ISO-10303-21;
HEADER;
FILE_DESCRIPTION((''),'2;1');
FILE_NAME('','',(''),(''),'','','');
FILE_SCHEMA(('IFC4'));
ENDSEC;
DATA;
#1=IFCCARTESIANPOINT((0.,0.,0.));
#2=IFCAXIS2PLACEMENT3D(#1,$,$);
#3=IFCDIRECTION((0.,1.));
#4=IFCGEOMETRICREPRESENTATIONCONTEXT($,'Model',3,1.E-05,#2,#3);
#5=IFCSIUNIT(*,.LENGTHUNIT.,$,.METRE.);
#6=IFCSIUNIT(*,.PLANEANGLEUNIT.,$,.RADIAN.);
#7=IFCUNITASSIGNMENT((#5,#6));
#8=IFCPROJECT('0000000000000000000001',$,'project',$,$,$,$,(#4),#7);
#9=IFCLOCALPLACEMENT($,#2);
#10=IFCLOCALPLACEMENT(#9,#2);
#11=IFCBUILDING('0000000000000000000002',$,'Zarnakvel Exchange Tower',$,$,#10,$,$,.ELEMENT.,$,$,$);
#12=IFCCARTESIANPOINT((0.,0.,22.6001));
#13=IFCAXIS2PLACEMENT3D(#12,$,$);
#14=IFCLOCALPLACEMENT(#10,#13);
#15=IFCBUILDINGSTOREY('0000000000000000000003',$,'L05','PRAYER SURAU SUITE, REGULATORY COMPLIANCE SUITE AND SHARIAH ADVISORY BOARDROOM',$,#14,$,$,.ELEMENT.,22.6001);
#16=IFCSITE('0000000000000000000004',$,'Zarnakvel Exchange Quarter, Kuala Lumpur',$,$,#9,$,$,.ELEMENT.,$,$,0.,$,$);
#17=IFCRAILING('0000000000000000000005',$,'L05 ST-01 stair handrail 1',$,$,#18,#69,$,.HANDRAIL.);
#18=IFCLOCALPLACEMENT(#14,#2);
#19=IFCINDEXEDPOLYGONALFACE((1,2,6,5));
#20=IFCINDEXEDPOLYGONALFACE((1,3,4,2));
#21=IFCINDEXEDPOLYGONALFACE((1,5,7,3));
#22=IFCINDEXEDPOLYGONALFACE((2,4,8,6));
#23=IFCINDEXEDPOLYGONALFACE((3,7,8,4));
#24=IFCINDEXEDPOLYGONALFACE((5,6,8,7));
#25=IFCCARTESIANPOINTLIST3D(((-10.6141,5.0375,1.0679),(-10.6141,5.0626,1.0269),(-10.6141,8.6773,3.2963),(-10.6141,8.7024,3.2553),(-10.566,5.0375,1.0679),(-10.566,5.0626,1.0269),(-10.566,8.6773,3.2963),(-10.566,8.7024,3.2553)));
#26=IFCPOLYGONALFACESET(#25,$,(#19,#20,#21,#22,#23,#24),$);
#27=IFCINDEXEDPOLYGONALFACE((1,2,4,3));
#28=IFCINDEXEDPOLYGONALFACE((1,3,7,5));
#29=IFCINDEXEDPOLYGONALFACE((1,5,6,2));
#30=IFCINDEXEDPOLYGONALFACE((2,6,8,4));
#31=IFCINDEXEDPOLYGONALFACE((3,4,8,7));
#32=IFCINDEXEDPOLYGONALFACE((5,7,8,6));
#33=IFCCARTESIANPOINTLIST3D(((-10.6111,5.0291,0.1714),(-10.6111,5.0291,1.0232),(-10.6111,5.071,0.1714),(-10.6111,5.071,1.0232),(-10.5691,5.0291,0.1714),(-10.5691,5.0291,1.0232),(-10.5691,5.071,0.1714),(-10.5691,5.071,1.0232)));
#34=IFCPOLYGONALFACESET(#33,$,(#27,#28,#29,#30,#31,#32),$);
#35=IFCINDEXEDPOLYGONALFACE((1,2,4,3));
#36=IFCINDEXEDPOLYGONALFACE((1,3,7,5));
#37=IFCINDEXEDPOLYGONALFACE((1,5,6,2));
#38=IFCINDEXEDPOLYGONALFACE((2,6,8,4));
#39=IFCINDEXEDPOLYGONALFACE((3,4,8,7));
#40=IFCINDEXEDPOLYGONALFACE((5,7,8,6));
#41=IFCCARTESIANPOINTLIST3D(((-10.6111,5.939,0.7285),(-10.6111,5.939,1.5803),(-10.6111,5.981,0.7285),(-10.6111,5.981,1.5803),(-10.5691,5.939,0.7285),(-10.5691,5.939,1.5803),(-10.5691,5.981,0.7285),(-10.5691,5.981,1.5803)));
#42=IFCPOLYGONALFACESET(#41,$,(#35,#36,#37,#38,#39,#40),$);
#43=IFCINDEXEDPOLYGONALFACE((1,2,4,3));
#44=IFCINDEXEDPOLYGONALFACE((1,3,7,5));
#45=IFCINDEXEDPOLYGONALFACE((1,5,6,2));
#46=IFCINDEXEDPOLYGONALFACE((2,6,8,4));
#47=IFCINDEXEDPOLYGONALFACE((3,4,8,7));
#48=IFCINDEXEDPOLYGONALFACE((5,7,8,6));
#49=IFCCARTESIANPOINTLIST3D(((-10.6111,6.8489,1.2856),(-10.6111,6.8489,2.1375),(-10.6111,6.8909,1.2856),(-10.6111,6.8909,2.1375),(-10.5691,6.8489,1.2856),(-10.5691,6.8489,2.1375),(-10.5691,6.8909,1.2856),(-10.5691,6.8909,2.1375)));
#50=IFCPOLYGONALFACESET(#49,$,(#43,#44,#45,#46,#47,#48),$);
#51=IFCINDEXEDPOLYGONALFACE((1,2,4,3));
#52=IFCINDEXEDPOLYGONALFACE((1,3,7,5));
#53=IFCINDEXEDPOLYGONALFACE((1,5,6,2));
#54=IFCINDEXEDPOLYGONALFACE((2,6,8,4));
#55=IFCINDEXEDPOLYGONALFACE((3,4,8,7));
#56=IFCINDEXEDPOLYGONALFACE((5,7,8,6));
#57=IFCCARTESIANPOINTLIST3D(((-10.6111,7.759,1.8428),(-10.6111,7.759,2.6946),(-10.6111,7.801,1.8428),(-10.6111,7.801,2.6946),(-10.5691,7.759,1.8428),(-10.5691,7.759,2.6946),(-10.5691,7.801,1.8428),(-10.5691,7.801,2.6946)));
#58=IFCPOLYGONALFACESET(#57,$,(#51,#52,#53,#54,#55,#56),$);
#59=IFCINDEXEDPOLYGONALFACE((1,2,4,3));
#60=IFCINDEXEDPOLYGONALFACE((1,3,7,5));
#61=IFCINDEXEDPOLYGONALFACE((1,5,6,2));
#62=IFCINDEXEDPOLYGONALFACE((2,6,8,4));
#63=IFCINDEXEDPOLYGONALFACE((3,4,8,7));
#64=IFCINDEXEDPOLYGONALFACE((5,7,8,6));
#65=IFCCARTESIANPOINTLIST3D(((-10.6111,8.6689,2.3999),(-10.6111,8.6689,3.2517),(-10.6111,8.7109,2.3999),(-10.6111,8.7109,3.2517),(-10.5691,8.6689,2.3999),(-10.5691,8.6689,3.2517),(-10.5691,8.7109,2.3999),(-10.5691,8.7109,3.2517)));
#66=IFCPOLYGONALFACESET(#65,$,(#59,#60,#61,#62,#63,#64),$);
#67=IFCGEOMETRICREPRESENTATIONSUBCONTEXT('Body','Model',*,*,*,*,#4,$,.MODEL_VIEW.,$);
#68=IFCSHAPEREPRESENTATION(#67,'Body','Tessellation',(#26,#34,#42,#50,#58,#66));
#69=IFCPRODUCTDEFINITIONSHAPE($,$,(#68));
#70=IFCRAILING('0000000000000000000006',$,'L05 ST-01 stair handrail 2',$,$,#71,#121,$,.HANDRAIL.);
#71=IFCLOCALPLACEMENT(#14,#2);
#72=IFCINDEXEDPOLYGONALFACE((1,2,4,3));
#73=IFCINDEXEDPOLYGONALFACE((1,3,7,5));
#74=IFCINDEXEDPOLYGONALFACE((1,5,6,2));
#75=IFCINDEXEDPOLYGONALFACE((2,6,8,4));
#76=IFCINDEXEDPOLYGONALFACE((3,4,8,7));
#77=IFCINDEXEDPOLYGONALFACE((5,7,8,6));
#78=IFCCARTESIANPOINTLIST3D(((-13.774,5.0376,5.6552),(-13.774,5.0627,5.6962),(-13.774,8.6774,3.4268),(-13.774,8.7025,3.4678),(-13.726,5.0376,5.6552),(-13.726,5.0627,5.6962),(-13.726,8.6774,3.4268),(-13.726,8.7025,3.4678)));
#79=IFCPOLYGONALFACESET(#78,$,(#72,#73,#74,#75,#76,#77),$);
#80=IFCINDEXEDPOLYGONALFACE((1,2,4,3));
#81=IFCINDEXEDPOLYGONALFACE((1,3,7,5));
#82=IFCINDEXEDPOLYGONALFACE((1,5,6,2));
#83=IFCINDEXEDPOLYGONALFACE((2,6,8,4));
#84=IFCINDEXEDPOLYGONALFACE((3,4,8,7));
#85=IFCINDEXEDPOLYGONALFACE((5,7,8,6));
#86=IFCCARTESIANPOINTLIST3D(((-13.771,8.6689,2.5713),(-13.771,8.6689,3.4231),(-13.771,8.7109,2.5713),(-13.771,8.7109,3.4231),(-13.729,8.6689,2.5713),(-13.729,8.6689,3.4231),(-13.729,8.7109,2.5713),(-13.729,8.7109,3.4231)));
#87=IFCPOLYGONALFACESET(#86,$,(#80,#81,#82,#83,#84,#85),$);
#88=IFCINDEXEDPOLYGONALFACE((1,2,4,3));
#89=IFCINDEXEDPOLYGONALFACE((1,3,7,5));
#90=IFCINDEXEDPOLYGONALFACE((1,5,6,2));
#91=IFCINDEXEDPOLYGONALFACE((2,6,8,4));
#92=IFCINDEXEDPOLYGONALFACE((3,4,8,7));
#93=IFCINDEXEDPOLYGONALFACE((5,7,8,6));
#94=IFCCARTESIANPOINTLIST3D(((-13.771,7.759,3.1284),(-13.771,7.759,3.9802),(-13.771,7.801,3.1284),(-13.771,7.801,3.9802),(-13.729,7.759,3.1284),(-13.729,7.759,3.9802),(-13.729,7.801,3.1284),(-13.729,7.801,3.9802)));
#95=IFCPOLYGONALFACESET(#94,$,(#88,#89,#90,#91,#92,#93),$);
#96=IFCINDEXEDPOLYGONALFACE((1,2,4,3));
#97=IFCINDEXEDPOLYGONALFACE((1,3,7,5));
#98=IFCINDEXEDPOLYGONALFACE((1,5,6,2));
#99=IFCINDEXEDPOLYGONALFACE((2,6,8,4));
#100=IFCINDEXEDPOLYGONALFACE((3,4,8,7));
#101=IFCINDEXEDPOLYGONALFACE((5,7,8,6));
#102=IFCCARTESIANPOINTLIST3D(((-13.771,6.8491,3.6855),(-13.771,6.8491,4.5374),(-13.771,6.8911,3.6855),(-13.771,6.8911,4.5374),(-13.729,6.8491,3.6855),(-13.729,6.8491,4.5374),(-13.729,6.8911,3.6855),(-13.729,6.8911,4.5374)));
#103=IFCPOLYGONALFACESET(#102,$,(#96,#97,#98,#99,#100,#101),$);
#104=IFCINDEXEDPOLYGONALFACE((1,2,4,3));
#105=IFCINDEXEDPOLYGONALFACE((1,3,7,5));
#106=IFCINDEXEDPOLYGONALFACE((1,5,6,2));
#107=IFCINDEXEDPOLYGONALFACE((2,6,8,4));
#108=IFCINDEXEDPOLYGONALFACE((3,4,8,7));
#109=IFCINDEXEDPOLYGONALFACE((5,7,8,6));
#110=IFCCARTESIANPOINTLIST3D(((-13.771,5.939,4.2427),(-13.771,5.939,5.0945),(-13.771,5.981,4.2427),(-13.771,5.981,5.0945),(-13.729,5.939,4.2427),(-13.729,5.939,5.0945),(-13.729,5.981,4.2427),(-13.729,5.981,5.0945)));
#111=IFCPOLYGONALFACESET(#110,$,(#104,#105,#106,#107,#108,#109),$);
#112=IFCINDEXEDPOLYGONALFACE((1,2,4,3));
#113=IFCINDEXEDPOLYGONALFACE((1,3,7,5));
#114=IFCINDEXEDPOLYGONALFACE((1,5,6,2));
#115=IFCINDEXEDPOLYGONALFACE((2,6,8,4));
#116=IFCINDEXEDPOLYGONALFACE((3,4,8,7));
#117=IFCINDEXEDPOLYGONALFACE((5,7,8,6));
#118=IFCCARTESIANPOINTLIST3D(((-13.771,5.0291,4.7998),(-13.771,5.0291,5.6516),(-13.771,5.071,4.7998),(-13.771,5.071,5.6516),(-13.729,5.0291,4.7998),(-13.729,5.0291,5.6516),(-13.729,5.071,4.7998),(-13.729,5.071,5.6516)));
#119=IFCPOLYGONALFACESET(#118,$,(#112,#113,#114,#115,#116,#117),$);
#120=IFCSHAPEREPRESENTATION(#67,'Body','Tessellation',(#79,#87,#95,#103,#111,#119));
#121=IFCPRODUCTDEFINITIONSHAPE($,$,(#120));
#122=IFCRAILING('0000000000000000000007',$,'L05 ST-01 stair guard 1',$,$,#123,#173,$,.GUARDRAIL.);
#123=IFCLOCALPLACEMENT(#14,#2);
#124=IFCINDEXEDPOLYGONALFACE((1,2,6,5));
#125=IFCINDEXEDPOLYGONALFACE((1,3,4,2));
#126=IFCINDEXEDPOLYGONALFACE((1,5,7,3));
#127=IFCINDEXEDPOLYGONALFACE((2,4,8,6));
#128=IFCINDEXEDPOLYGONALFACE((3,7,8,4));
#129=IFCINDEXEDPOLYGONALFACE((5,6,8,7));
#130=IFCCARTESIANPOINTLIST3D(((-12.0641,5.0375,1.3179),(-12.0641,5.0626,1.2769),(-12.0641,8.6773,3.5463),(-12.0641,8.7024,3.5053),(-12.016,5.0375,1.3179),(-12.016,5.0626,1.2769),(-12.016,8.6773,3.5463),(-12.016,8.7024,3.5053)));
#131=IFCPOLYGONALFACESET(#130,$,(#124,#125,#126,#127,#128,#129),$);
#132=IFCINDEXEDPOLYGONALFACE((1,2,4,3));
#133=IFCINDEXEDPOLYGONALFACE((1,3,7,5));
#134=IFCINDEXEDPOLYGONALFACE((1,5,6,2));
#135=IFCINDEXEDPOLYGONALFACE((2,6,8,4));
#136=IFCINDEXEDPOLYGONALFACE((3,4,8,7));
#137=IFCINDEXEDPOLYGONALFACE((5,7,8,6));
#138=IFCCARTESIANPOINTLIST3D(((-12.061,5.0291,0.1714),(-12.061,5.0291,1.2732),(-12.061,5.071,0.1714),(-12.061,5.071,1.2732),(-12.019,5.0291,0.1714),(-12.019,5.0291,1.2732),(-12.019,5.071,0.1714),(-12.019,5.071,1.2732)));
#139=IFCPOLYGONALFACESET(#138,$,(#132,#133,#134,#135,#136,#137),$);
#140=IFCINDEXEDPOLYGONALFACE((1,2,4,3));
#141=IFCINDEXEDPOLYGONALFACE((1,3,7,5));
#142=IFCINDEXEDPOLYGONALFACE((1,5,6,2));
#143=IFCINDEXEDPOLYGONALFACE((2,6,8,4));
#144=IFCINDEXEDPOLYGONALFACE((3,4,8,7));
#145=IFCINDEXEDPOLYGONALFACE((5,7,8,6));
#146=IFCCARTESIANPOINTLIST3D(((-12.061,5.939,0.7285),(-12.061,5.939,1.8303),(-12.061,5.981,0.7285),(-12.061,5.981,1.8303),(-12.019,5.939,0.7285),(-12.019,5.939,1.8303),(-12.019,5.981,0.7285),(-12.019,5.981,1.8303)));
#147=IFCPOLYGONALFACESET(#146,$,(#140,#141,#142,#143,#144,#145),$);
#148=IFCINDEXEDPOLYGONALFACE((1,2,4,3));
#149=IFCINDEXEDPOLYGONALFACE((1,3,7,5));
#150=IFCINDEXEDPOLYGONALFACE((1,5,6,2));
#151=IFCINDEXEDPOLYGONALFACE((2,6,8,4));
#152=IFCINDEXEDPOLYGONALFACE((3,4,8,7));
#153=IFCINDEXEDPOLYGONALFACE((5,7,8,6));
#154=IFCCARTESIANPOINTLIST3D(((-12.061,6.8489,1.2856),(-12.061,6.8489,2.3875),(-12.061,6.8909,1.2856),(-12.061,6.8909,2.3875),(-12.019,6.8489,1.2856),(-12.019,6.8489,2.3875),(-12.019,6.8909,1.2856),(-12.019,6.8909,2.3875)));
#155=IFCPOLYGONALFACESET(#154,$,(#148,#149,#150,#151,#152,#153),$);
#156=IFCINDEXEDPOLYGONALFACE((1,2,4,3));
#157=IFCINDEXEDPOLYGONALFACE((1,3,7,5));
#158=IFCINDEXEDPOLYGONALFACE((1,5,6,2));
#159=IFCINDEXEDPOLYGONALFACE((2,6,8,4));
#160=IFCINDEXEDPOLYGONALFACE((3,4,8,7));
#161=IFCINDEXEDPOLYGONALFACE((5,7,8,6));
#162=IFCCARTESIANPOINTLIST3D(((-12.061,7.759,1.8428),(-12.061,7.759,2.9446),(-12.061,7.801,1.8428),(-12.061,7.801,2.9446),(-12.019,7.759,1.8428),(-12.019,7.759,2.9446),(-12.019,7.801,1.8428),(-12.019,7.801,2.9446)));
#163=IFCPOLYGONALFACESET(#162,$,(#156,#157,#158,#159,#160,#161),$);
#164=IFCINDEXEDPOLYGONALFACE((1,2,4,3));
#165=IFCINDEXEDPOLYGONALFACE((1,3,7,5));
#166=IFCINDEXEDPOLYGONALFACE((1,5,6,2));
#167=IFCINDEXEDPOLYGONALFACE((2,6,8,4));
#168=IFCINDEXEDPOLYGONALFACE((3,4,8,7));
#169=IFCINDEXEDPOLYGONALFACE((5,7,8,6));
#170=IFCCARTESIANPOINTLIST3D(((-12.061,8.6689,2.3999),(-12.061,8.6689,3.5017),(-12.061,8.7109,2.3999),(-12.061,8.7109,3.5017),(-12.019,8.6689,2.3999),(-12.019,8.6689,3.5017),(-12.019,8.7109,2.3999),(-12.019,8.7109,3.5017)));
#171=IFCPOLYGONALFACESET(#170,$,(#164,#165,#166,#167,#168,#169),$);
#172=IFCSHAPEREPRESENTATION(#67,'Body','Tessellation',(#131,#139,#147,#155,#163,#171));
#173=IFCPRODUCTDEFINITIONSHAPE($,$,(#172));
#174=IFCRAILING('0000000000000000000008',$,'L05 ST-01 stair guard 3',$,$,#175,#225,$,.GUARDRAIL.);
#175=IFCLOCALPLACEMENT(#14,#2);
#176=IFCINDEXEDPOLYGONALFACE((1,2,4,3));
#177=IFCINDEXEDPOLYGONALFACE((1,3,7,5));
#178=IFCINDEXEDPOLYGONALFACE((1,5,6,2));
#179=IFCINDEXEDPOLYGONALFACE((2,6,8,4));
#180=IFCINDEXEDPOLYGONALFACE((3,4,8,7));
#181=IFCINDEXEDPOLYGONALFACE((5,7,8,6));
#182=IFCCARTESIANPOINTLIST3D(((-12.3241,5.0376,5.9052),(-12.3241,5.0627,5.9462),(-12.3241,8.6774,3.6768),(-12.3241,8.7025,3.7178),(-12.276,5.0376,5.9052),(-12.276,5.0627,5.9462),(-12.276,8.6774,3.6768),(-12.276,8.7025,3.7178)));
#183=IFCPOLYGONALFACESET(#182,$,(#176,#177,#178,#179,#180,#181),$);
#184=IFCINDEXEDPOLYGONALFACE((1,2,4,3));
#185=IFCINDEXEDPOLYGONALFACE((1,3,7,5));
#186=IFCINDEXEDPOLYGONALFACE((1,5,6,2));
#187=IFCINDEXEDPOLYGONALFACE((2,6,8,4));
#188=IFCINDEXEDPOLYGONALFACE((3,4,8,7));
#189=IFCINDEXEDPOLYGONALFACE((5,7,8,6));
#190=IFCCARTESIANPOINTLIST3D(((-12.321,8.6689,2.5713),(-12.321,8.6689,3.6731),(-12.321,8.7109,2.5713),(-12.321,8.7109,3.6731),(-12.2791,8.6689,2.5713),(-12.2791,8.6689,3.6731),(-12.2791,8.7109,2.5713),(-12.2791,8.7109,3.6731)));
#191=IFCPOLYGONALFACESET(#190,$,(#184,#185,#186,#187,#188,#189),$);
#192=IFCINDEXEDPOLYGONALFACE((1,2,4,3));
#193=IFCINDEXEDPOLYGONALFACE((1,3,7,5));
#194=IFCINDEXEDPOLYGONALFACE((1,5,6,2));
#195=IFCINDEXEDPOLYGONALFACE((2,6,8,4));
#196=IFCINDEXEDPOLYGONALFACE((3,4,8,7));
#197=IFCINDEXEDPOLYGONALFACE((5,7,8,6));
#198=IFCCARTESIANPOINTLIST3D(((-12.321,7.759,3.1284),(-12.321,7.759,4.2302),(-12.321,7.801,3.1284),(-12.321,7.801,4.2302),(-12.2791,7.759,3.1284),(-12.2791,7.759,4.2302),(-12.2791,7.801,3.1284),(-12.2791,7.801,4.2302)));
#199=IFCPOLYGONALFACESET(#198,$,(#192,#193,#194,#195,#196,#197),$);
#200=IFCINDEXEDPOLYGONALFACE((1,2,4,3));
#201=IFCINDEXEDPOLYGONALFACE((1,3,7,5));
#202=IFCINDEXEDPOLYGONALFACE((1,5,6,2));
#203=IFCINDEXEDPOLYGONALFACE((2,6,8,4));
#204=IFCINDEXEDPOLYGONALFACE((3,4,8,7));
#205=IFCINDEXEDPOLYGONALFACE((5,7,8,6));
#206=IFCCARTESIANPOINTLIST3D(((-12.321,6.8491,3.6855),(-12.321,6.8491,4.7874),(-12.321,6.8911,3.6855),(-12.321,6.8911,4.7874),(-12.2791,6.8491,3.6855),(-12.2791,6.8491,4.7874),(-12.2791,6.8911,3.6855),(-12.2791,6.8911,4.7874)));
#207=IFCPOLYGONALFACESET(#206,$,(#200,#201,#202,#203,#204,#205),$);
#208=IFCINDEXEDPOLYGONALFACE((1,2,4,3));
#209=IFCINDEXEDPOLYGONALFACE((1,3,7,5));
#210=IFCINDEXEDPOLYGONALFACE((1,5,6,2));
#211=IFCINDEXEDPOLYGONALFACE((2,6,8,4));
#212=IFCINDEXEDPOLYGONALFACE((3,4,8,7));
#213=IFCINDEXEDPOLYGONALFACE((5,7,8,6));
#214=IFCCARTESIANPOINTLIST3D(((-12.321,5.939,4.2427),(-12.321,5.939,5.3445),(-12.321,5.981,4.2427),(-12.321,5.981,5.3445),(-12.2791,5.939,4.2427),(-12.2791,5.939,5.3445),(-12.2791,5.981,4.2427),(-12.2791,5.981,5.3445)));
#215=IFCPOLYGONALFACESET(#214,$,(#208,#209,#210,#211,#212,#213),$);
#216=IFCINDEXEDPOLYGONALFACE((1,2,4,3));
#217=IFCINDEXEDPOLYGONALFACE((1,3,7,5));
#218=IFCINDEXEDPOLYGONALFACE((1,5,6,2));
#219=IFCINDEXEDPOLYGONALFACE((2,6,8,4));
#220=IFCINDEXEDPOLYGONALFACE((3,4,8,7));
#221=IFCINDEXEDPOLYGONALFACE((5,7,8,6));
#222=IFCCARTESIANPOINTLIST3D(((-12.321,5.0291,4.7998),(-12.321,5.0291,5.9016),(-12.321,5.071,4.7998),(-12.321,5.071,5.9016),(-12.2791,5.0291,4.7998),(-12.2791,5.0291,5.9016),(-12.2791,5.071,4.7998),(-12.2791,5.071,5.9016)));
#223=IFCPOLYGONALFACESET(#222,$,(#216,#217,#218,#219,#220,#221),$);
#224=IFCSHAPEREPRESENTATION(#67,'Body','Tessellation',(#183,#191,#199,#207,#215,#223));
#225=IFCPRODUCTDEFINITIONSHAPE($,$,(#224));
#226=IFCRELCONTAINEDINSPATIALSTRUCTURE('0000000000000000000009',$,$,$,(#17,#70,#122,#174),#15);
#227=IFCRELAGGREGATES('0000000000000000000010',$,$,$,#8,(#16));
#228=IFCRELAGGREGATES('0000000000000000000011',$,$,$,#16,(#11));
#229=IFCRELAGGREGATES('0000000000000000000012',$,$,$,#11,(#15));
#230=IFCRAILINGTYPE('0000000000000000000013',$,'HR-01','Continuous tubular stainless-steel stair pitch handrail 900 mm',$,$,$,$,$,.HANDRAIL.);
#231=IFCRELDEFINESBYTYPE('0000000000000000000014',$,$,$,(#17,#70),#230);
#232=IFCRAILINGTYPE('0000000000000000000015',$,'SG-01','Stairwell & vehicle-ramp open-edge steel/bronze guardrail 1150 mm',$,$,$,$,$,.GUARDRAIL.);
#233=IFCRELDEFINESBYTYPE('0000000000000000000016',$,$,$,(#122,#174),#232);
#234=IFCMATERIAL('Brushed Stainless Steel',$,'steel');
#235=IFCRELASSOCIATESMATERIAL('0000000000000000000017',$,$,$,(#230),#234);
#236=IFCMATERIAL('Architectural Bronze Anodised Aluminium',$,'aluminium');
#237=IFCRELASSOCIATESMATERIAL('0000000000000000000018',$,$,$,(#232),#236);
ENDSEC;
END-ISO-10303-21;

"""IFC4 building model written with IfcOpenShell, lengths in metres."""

from ifc_helpers import new_model, si_unit, direction, frame, origin, origin_2d, place, context, subcontext, project, spatial, rectangle, extrude, material, type_object, element, save


model = new_model("IFC4")

# Units and contexts
model_context = context("Model", 3, precision=1e-05, world=origin(), true_north=direction((0.0, 1.0)))
body_context = subcontext(model_context, "Body", "Model", "MODEL_VIEW")
ifc_project = project(units=[si_unit("LENGTHUNIT", "METRE"), si_unit("PLANEANGLEUNIT", "RADIAN")], contexts=[model_context])

# Site, building, storey
site_placement = place(None, origin())
site = spatial("IfcSite", under=ifc_project, at=site_placement, Name="Zarnakvel Exchange Quarter, Kuala Lumpur", CompositionType="ELEMENT", RefElevation=0.0)
building_placement = place(site_placement, origin())
building = spatial("IfcBuilding", under=site, at=building_placement, Name="Zarnakvel Exchange Tower", CompositionType="ELEMENT")
storey_placement = place(building_placement, frame((0.0, 0.0, 22.6001)))
storey = spatial("IfcBuildingStorey", under=building, at=storey_placement, Name="L05", Description="PRAYER SURAU SUITE, REGULATORY COMPLIANCE SUITE AND SHARIAH ADVISORY BOARDROOM", CompositionType="ELEMENT", Elevation=22.6001)

# Shared definitions
ifc_material_1 = material(Name="Brushed Stainless Steel", Category="steel")

# Railings
railing_type_1 = type_object("IfcRailingType", Name="HR-01", Description="Continuous tubular stainless-steel stair pitch handrail 900 mm", PredefinedType="HANDRAIL", material=ifc_material_1)
railing_1_placement = place(storey_placement, frame((-10.5901, 5.05, 0.1714)))
element("IfcRailing", 1, at=railing_1_placement, inside=storey, type_object=railing_type_1, Name="L05 ST-01 stair handrail 1", PredefinedType="HANDRAIL", context=body_context, shape_type="SweptSolid", body=[
    extrude(rectangle(XDim=0.0481, YDim=0.0481, at=origin_2d()), frame((0.0, 0.0, 0.876), z_axis=(0.0, 0.85285, 0.522156), x_axis=(-1.0, 0.0, 0.0)), (0.0, 0.0, 1.0), 4.2678),
    extrude(rectangle(XDim=0.042, YDim=0.042, at=origin_2d()), origin(), (0.0, 0.0, 1.0), 0.8518),
    extrude(rectangle(XDim=0.042, YDim=0.042, at=origin_2d()), frame((0.0, 0.9099, 0.5571)), (0.0, 0.0, 1.0), 0.8518),
    extrude(rectangle(XDim=0.042, YDim=0.042, at=origin_2d()), frame((0.0, 1.8198, 1.1143)), (0.0, 0.0, 1.0), 0.8518),
    extrude(rectangle(XDim=0.042, YDim=0.042, at=origin_2d()), frame((0.0, 2.73, 1.6714)), (0.0, 0.0, 1.0), 0.8518),
    extrude(rectangle(XDim=0.042, YDim=0.042, at=origin_2d()), frame((0.0, 3.6399, 2.2285)), (0.0, 0.0, 1.0), 0.8518),
])
railing_2_placement = place(storey_placement, frame((-13.75, 8.6899, 2.5713)))
element("IfcRailing", 2, at=railing_2_placement, inside=storey, type_object=railing_type_1, Name="L05 ST-01 stair handrail 2", PredefinedType="HANDRAIL", context=body_context, shape_type="SweptSolid", body=[
    extrude(rectangle(XDim=0.0481, YDim=0.0481, at=origin_2d()), frame((0.0, 0.0, 0.876), z_axis=(0.0, -0.85285, 0.522156), x_axis=(1.0, 0.0, 0.0)), (0.0, 0.0, 1.0), 4.2678),
    extrude(rectangle(XDim=0.042, YDim=0.042, at=origin_2d()), origin(), (0.0, 0.0, 1.0), 0.8518),
    extrude(rectangle(XDim=0.042, YDim=0.042, at=origin_2d()), frame((0.0, -0.9099, 0.5571)), (0.0, 0.0, 1.0), 0.8518),
    extrude(rectangle(XDim=0.042, YDim=0.042, at=origin_2d()), frame((0.0, -1.8198, 1.1143)), (0.0, 0.0, 1.0), 0.8518),
    extrude(rectangle(XDim=0.042, YDim=0.042, at=origin_2d()), frame((0.0, -2.73, 1.6714)), (0.0, 0.0, 1.0), 0.8518),
    extrude(rectangle(XDim=0.042, YDim=0.042, at=origin_2d()), frame((0.0, -3.6399, 2.2285)), (0.0, 0.0, 1.0), 0.8518),
])
ifc_material_2 = material(Name="Architectural Bronze Anodised Aluminium", Category="aluminium")
railing_type_2 = type_object("IfcRailingType", Name="SG-01", Description="Stairwell & vehicle-ramp open-edge steel/bronze guardrail 1150 mm", PredefinedType="GUARDRAIL", material=ifc_material_2)
railing_3_placement = place(storey_placement, frame((-12.04, 5.05, 0.1714)))
element("IfcRailing", 3, at=railing_3_placement, inside=storey, type_object=railing_type_2, Name="L05 ST-01 stair guard 1", PredefinedType="GUARDRAIL", context=body_context, shape_type="SweptSolid", body=[
    extrude(rectangle(XDim=0.0481, YDim=0.0481, at=origin_2d()), frame((0.0, 0.0, 1.126), z_axis=(0.0, 0.85285, 0.522156), x_axis=(-1.0, 0.0, 0.0)), (0.0, 0.0, 1.0), 4.2678),
    extrude(rectangle(XDim=0.042, YDim=0.042, at=origin_2d()), origin(), (0.0, 0.0, 1.0), 1.1018),
    extrude(rectangle(XDim=0.042, YDim=0.042, at=origin_2d()), frame((0.0, 0.9099, 0.5571)), (0.0, 0.0, 1.0), 1.1018),
    extrude(rectangle(XDim=0.042, YDim=0.042, at=origin_2d()), frame((0.0, 1.8198, 1.1143)), (0.0, 0.0, 1.0), 1.1018),
    extrude(rectangle(XDim=0.042, YDim=0.042, at=origin_2d()), frame((0.0, 2.73, 1.6714)), (0.0, 0.0, 1.0), 1.1018),
    extrude(rectangle(XDim=0.042, YDim=0.042, at=origin_2d()), frame((0.0, 3.6399, 2.2285)), (0.0, 0.0, 1.0), 1.1018),
])
railing_4_placement = place(storey_placement, frame((-12.3, 8.6899, 2.5713)))
element("IfcRailing", 4, at=railing_4_placement, inside=storey, type_object=railing_type_2, Name="L05 ST-01 stair guard 3", PredefinedType="GUARDRAIL", context=body_context, shape_type="SweptSolid", body=[
    extrude(rectangle(XDim=0.0481, YDim=0.0481, at=origin_2d()), frame((0.0, 0.0, 1.126), z_axis=(0.0, -0.85285, 0.522156), x_axis=(1.0, 0.0, 0.0)), (0.0, 0.0, 1.0), 4.2678),
    extrude(rectangle(XDim=0.042, YDim=0.042, at=origin_2d()), origin(), (0.0, 0.0, 1.0), 1.1018),
    extrude(rectangle(XDim=0.042, YDim=0.042, at=origin_2d()), frame((0.0, -0.9099, 0.5571)), (0.0, 0.0, 1.0), 1.1018),
    extrude(rectangle(XDim=0.042, YDim=0.042, at=origin_2d()), frame((0.0, -1.8198, 1.1143)), (0.0, 0.0, 1.0), 1.1018),
    extrude(rectangle(XDim=0.042, YDim=0.042, at=origin_2d()), frame((0.0, -2.73, 1.6714)), (0.0, 0.0, 1.0), 1.1018),
    extrude(rectangle(XDim=0.042, YDim=0.042, at=origin_2d()), frame((0.0, -3.6399, 2.2285)), (0.0, 0.0, 1.0), 1.1018),
])

save(model, "model.ifc")
